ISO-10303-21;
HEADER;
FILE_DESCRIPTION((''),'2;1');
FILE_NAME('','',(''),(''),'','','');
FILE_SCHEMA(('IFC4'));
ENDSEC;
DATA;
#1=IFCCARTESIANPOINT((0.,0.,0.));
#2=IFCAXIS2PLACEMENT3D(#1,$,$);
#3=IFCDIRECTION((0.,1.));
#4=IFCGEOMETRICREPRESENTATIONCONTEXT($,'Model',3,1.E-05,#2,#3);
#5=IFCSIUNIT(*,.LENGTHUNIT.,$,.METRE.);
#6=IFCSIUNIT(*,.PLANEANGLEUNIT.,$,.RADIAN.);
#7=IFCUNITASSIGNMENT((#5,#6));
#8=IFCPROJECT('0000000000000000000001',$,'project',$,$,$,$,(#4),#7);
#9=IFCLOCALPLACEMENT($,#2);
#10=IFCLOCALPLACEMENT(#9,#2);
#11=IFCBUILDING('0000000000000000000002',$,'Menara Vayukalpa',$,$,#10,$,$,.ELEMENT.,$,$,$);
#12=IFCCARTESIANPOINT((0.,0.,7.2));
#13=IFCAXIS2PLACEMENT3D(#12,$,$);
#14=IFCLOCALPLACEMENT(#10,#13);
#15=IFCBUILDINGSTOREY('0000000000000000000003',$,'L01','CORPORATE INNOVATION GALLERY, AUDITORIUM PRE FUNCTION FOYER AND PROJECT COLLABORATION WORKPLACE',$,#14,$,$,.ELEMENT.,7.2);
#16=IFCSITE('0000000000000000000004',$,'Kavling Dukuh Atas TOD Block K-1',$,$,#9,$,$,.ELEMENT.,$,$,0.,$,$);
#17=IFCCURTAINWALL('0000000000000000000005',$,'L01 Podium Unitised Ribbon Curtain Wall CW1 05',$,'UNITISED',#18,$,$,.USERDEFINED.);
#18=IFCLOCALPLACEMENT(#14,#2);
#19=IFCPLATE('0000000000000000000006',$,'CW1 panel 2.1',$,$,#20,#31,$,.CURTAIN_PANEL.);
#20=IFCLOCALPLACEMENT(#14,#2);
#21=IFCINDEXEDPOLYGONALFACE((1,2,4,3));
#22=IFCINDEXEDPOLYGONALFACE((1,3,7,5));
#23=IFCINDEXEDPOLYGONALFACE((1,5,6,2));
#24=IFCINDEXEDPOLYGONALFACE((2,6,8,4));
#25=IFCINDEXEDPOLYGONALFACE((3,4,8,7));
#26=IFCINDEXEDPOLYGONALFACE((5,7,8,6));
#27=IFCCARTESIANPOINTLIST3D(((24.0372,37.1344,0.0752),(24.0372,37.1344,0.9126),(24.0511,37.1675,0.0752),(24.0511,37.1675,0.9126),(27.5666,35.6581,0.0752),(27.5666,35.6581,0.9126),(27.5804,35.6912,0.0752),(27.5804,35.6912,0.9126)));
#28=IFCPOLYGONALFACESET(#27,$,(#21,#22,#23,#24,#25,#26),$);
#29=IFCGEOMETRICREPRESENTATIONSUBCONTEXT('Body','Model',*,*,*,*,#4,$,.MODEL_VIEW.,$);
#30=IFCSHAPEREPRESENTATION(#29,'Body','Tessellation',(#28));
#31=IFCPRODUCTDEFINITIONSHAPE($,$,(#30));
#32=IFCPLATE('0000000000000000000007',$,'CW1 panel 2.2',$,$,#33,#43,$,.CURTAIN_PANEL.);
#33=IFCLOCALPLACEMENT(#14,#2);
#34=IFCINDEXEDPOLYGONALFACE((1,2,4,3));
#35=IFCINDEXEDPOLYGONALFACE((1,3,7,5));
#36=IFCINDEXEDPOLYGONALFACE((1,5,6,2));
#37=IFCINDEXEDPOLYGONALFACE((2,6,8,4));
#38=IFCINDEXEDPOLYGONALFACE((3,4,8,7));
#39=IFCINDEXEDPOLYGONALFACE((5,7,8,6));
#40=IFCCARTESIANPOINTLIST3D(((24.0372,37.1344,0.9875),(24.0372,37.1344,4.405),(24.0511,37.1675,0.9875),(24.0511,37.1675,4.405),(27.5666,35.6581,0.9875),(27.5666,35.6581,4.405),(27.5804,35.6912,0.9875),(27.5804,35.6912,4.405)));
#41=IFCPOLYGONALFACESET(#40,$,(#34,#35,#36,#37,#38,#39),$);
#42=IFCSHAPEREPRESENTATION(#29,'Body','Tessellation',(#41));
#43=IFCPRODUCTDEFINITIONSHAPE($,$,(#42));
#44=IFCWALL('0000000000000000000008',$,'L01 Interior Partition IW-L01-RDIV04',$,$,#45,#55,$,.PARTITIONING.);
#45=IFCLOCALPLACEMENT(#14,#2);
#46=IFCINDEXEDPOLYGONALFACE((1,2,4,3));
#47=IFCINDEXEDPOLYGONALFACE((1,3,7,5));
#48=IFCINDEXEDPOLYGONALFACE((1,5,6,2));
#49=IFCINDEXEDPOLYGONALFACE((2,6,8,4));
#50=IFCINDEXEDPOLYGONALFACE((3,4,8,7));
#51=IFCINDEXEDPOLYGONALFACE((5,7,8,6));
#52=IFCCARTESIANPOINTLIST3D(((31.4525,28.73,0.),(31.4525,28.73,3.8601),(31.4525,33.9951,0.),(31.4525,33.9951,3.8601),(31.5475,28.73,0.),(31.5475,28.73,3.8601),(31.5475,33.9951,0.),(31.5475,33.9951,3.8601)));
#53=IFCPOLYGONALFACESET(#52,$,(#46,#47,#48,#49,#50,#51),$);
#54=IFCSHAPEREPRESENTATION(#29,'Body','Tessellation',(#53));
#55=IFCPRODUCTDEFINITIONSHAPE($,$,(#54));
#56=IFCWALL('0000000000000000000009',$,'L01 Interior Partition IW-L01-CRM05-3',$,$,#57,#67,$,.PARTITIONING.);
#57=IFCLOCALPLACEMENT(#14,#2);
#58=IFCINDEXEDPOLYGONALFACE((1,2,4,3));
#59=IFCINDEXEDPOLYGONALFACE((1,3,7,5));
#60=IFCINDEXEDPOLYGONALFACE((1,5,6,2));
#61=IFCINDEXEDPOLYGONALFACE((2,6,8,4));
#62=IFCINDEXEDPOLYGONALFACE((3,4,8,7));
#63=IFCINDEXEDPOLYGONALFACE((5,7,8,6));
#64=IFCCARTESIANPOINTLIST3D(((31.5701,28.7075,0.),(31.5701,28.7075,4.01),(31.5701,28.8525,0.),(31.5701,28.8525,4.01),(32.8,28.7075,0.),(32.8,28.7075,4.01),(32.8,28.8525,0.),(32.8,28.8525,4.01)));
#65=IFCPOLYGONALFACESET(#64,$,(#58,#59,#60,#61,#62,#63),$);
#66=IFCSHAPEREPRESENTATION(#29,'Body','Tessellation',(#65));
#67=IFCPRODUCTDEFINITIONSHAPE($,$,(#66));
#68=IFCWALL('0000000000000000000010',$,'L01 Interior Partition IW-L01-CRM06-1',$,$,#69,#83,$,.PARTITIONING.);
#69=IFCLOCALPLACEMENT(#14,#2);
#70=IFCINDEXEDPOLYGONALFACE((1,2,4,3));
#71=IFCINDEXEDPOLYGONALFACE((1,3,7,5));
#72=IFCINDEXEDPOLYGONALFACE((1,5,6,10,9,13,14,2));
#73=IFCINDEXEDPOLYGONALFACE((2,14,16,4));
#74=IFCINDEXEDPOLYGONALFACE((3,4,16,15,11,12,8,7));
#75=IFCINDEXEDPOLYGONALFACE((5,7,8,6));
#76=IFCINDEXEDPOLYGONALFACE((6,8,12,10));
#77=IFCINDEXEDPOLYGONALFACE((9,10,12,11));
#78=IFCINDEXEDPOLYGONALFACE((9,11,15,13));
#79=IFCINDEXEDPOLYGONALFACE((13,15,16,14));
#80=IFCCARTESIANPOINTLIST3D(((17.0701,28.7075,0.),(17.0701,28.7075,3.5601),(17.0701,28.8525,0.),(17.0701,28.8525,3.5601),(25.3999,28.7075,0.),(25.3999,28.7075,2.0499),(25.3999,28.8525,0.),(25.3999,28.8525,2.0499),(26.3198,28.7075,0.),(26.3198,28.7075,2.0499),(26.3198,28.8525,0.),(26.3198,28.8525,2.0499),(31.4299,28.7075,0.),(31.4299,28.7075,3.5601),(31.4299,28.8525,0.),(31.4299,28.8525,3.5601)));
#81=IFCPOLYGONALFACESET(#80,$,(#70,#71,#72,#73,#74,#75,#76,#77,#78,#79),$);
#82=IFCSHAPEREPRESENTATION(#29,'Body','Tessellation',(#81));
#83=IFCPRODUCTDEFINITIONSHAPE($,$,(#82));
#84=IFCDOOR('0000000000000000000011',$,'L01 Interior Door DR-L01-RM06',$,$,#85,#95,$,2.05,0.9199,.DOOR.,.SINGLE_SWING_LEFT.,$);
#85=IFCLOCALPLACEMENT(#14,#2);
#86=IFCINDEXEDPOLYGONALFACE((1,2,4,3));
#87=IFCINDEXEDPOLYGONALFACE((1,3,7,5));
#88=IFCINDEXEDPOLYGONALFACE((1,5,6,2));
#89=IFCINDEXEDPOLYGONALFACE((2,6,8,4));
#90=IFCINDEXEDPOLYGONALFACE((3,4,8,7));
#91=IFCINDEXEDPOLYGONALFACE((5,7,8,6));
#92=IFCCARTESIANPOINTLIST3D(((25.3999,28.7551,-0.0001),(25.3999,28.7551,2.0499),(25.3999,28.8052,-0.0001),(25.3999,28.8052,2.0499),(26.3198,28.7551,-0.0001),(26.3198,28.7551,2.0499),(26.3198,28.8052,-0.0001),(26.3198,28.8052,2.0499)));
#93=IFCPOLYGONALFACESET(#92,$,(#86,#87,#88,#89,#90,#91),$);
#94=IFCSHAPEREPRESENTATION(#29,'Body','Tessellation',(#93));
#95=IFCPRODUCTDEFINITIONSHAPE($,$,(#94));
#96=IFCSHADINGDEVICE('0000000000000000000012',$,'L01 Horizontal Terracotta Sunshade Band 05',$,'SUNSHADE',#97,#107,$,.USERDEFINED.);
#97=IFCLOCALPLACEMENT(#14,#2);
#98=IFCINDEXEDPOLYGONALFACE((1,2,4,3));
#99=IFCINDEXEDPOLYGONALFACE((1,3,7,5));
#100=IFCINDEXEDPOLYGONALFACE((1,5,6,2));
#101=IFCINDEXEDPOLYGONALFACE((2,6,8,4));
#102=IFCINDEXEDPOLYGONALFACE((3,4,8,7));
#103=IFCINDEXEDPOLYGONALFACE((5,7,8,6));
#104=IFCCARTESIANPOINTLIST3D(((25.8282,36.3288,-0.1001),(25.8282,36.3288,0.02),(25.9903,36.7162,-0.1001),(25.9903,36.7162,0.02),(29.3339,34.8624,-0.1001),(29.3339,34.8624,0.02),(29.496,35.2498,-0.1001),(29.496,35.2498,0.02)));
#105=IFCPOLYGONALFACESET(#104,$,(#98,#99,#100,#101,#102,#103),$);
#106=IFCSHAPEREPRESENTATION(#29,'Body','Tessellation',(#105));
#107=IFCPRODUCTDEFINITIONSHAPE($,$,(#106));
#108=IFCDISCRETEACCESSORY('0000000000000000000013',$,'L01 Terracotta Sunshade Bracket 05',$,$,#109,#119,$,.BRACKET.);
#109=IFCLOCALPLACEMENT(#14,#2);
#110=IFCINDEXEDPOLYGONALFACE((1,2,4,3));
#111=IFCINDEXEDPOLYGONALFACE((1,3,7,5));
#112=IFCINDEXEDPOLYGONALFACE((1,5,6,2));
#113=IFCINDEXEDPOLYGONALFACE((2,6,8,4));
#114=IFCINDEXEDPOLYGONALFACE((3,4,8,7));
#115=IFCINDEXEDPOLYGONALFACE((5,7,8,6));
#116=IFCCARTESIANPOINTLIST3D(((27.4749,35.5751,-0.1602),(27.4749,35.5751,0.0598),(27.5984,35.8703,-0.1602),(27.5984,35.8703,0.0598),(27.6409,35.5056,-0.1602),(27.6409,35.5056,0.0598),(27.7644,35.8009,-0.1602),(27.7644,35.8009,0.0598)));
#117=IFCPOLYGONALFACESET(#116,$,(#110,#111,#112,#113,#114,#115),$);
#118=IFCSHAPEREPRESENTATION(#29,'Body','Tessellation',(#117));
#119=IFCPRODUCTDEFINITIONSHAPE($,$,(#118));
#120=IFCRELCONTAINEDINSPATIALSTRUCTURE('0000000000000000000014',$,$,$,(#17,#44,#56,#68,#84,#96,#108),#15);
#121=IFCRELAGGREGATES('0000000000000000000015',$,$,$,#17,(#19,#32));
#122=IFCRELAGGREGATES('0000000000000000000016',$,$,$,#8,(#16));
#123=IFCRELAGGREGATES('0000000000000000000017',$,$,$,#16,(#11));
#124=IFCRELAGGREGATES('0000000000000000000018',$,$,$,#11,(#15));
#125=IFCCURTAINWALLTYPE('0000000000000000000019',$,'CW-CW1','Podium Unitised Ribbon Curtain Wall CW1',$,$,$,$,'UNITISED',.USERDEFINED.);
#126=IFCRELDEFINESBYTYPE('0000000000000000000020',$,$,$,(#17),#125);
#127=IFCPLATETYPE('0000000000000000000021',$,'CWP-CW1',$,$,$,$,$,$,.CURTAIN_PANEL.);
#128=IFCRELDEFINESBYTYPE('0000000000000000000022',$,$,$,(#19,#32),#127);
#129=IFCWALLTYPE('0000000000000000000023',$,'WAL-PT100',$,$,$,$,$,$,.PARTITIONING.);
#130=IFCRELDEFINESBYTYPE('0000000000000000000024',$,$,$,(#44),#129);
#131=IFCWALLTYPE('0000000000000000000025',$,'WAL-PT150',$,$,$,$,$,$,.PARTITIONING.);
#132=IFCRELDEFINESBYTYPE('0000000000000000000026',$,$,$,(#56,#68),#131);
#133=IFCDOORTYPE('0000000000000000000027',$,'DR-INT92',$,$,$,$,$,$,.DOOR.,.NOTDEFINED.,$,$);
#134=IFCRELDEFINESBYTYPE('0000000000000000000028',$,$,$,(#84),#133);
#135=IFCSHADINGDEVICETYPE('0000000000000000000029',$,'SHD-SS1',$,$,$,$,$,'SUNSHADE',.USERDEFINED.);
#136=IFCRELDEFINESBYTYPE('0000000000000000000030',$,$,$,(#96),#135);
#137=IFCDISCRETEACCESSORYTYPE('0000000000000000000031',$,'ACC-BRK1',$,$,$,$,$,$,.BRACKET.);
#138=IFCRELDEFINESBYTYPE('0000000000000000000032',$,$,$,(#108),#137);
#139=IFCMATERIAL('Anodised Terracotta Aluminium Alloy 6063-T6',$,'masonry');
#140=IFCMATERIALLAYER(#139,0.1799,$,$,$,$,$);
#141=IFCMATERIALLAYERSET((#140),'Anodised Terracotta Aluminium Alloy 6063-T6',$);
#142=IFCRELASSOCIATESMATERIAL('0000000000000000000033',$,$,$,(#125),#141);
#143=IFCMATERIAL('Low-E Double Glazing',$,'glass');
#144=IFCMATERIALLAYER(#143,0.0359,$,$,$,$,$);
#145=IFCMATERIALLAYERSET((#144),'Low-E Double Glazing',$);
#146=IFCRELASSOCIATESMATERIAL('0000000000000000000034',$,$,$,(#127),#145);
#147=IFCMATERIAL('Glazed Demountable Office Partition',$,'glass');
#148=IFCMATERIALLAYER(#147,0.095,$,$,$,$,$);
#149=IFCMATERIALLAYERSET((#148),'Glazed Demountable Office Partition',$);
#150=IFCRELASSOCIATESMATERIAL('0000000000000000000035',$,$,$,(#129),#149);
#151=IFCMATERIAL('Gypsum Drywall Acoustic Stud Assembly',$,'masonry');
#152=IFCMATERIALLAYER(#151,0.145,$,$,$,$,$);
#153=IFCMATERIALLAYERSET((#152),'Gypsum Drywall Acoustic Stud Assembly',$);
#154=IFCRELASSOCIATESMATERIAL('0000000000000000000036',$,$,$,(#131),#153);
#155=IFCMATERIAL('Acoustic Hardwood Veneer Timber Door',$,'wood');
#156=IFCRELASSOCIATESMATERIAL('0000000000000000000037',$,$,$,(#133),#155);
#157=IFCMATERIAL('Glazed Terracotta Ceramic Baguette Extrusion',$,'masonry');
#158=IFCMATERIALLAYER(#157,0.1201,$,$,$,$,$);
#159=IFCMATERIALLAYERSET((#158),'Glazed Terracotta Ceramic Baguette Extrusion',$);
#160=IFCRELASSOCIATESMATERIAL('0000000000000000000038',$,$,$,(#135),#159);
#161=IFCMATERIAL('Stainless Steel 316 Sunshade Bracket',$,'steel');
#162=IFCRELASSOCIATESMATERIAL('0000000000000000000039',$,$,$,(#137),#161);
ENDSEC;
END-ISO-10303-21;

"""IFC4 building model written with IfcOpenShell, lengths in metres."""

from ifc_helpers import new_model, si_unit, direction, frame, frame_2d, origin, origin_2d, place, context, subcontext, project, spatial, rectangle, extrude, material, layer, layer_set, type_object, element, fill, aggregate, save


model = new_model("IFC4")

# Units and contexts
model_context = context("Model", 3, precision=1e-05, world=origin(), true_north=direction((0.0, 1.0)))
body_context = subcontext(model_context, "Body", "Model", "MODEL_VIEW")
ifc_project = project(units=[si_unit("LENGTHUNIT", "METRE"), si_unit("PLANEANGLEUNIT", "RADIAN")], contexts=[model_context])

# Site, building, storey
site_placement = place(None, origin())
site = spatial("IfcSite", under=ifc_project, at=site_placement, Name="Kavling Dukuh Atas TOD Block K-1", CompositionType="ELEMENT", RefElevation=0.0)
building_placement = place(site_placement, origin())
building = spatial("IfcBuilding", under=site, at=building_placement, Name="Menara Vayukalpa", CompositionType="ELEMENT")
storey_placement = place(building_placement, frame((0.0, 0.0, 7.2)))
storey = spatial("IfcBuildingStorey", under=building, at=storey_placement, Name="L01", Description="CORPORATE INNOVATION GALLERY, AUDITORIUM PRE FUNCTION FOYER AND PROJECT COLLABORATION WORKPLACE", CompositionType="ELEMENT", Elevation=7.2)

# Shared definitions
ifc_material_1 = material(Name="Anodised Terracotta Aluminium Alloy 6063-T6", Category="masonry")
ifc_layer_1 = layer(ifc_material_1, 0.1799)
ifc_layer_set_1 = layer_set([ifc_layer_1], Name="Anodised Terracotta Aluminium Alloy 6063-T6")
curtain_wall_type = type_object("IfcCurtainWallType", Name="CW-CW1", Description="Podium Unitised Ribbon Curtain Wall CW1", ElementType="UNITISED", PredefinedType="USERDEFINED", material=ifc_layer_set_1)

# Curtain wall, plates
curtain_wall_1_placement = place(storey_placement, origin())
curtain_wall_1 = element("IfcCurtainWall", 1, at=curtain_wall_1_placement, inside=storey, type_object=curtain_wall_type, Name="L01 Podium Unitised Ribbon Curtain Wall CW1 05", ObjectType="UNITISED", PredefinedType="USERDEFINED")
ifc_material_2 = material(Name="Low-E Double Glazing", Category="glass")
ifc_layer_2 = layer(ifc_material_2, 0.0359)
ifc_layer_set_2 = layer_set([ifc_layer_2], Name="Low-E Double Glazing")
plate_type = type_object("IfcPlateType", Name="CWP-CW1", PredefinedType="CURTAIN_PANEL", material=ifc_layer_set_2)
plate_1_placement = place(storey_placement, frame((25.8088, 36.4128, 0.0752), z_axis=(0.0, 0.0, 1.0), x_axis=(-0.922545, 0.385891, 0.0)))
plate_1 = element("IfcPlate", 2, at=plate_1_placement, type_object=plate_type, Name="CW1 panel 2.1", PredefinedType="CURTAIN_PANEL", context=body_context, shape_type="SweptSolid", body=[
    extrude(rectangle(XDim=3.8257, YDim=0.0359, at=origin_2d()), origin(), (0.0, 0.0, 1.0), 0.8374),
])
plate_2_placement = place(storey_placement, frame((25.8088, 36.4128, 0.9875), z_axis=(0.0, 0.0, 1.0), x_axis=(-0.922545, 0.385891, 0.0)))
plate_2 = element("IfcPlate", 3, at=plate_2_placement, type_object=plate_type, Name="CW1 panel 2.2", PredefinedType="CURTAIN_PANEL", context=body_context, shape_type="SweptSolid", body=[
    extrude(rectangle(XDim=3.8257, YDim=0.0359, at=origin_2d()), origin(), (0.0, 0.0, 1.0), 3.4175),
])
aggregate(curtain_wall_1, [plate_1, plate_2])

# Walls
ifc_material_3 = material(Name="Glazed Demountable Office Partition", Category="glass")
ifc_layer_3 = layer(ifc_material_3, 0.095)
ifc_layer_set_3 = layer_set([ifc_layer_3], Name="Glazed Demountable Office Partition")
wall_type_1 = type_object("IfcWallType", Name="WAL-PT100", PredefinedType="PARTITIONING", material=ifc_layer_set_3)
wall_1_placement = place(storey_placement, frame((31.5, 28.73, 0.0), z_axis=(0.0, 0.0, 1.0), x_axis=(0.0, 1.0, 0.0)))
element("IfcWall", 4, at=wall_1_placement, inside=storey, type_object=wall_type_1, Name="L01 Interior Partition IW-L01-RDIV04", PredefinedType="PARTITIONING", context=body_context, shape_type="SweptSolid", body=[
    extrude(rectangle(XDim=5.2651, YDim=0.095, at=frame_2d((2.6326, 0.0))), origin(), (0.0, 0.0, 1.0), 3.8601),
])
ifc_material_4 = material(Name="Gypsum Drywall Acoustic Stud Assembly", Category="masonry")
ifc_layer_4 = layer(ifc_material_4, 0.145)
ifc_layer_set_4 = layer_set([ifc_layer_4], Name="Gypsum Drywall Acoustic Stud Assembly")
wall_type_2 = type_object("IfcWallType", Name="WAL-PT150", PredefinedType="PARTITIONING", material=ifc_layer_set_4)
wall_2_placement = place(storey_placement, frame((32.8, 28.78, 0.0), z_axis=(0.0, 0.0, 1.0), x_axis=(-1.0, 0.0, 0.0)))
element("IfcWall", 5, at=wall_2_placement, inside=storey, type_object=wall_type_2, Name="L01 Interior Partition IW-L01-CRM05-3", PredefinedType="PARTITIONING", context=body_context, shape_type="SweptSolid", body=[
    extrude(rectangle(XDim=1.23, YDim=0.145, at=frame_2d((0.615, 0.0))), origin(), (0.0, 0.0, 1.0), 4.01),
])

# Wall, opening, door
wall_3_placement = place(storey_placement, frame((31.4299, 28.78, 0.0), z_axis=(0.0, 0.0, 1.0), x_axis=(-1.0, 0.0, 0.0)))
wall_3 = element("IfcWall", 6, at=wall_3_placement, inside=storey, type_object=wall_type_2, Name="L01 Interior Partition IW-L01-CRM06-1", PredefinedType="PARTITIONING", context=body_context, shape_type="SweptSolid", body=[
    extrude(rectangle(XDim=14.3599, YDim=0.145, at=frame_2d((7.1799, 0.0))), origin(), (0.0, 0.0, 1.0), 3.5601),
])
opening_placement = place(wall_3_placement, frame((5.1101, 0.0, 0.0)))
opening = element("IfcOpeningElement", 7, at=opening_placement, cuts=wall_3, PredefinedType="OPENING", context=body_context, shape_type="SweptSolid", body=[
    extrude(rectangle(XDim=0.9199, YDim=2.05, at=frame_2d((0.46, 1.0249))), frame((0.0, 0.0825, 0.0), z_axis=(0.0, -1.0, 0.0), x_axis=(1.0, 0.0, 0.0)), (0.0, 0.0, 1.0), 0.165),
])
ifc_material_5 = material(Name="Acoustic Hardwood Veneer Timber Door", Category="wood")
door_type = type_object("IfcDoorType", Name="DR-INT92", OperationType="NOTDEFINED", PredefinedType="DOOR", material=ifc_material_5)
door_placement = place(opening_placement, origin())
door = element("IfcDoor", 8, at=door_placement, inside=storey, type_object=door_type, Name="L01 Interior Door DR-L01-RM06", OperationType="SINGLE_SWING_LEFT", OverallHeight=2.05, OverallWidth=0.9199, PredefinedType="DOOR", context=body_context, shape_type="SweptSolid", body=[
    extrude(rectangle(XDim=0.9199, YDim=2.05, at=frame_2d((0.46, 1.0249))), frame((0.0, 0.0249, 0.0), z_axis=(0.0, -1.0, 0.0), x_axis=(1.0, 0.0, 0.0)), (0.0, 0.0, 1.0), 0.05),
])
fill(opening, door)

# Shading device
ifc_material_6 = material(Name="Glazed Terracotta Ceramic Baguette Extrusion", Category="masonry")
ifc_layer_5 = layer(ifc_material_6, 0.1201)
ifc_layer_set_5 = layer_set([ifc_layer_5], Name="Glazed Terracotta Ceramic Baguette Extrusion")
shading_device_type = type_object("IfcShadingDeviceType", Name="SHD-SS1", ElementType="SUNSHADE", PredefinedType="USERDEFINED", material=ifc_layer_set_5)
shading_device_placement = place(storey_placement, frame((27.6621, 35.7893, -0.1001), z_axis=(0.0, 0.0, 1.0), x_axis=(-0.922545, 0.38589, 0.0)))
element("IfcShadingDevice", 9, at=shading_device_placement, inside=storey, type_object=shading_device_type, Name="L01 Horizontal Terracotta Sunshade Band 05", ObjectType="SUNSHADE", PredefinedType="USERDEFINED", context=body_context, shape_type="SweptSolid", body=[
    extrude(rectangle(XDim=3.8, YDim=0.4199, at=origin_2d()), origin(), (0.0, 0.0, 1.0), 0.1201),
])

# Discrete accessory
ifc_material_7 = material(Name="Stainless Steel 316 Sunshade Bracket", Category="steel")
discrete_accessory_type = type_object("IfcDiscreteAccessoryType", Name="ACC-BRK1", PredefinedType="BRACKET", material=ifc_material_7)
discrete_accessory_placement = place(storey_placement, frame((27.6196, 35.688, -0.1602), z_axis=(0.0, 0.0, 1.0), x_axis=(-0.922545, 0.38589, 0.0)))
element("IfcDiscreteAccessory", 10, at=discrete_accessory_placement, inside=storey, type_object=discrete_accessory_type, Name="L01 Terracotta Sunshade Bracket 05", PredefinedType="BRACKET", context=body_context, shape_type="SweptSolid", body=[
    extrude(rectangle(XDim=0.1799, YDim=0.3201, at=origin_2d()), origin(), (0.0, 0.0, 1.0), 0.22),
])

save(model, "model.ifc")
